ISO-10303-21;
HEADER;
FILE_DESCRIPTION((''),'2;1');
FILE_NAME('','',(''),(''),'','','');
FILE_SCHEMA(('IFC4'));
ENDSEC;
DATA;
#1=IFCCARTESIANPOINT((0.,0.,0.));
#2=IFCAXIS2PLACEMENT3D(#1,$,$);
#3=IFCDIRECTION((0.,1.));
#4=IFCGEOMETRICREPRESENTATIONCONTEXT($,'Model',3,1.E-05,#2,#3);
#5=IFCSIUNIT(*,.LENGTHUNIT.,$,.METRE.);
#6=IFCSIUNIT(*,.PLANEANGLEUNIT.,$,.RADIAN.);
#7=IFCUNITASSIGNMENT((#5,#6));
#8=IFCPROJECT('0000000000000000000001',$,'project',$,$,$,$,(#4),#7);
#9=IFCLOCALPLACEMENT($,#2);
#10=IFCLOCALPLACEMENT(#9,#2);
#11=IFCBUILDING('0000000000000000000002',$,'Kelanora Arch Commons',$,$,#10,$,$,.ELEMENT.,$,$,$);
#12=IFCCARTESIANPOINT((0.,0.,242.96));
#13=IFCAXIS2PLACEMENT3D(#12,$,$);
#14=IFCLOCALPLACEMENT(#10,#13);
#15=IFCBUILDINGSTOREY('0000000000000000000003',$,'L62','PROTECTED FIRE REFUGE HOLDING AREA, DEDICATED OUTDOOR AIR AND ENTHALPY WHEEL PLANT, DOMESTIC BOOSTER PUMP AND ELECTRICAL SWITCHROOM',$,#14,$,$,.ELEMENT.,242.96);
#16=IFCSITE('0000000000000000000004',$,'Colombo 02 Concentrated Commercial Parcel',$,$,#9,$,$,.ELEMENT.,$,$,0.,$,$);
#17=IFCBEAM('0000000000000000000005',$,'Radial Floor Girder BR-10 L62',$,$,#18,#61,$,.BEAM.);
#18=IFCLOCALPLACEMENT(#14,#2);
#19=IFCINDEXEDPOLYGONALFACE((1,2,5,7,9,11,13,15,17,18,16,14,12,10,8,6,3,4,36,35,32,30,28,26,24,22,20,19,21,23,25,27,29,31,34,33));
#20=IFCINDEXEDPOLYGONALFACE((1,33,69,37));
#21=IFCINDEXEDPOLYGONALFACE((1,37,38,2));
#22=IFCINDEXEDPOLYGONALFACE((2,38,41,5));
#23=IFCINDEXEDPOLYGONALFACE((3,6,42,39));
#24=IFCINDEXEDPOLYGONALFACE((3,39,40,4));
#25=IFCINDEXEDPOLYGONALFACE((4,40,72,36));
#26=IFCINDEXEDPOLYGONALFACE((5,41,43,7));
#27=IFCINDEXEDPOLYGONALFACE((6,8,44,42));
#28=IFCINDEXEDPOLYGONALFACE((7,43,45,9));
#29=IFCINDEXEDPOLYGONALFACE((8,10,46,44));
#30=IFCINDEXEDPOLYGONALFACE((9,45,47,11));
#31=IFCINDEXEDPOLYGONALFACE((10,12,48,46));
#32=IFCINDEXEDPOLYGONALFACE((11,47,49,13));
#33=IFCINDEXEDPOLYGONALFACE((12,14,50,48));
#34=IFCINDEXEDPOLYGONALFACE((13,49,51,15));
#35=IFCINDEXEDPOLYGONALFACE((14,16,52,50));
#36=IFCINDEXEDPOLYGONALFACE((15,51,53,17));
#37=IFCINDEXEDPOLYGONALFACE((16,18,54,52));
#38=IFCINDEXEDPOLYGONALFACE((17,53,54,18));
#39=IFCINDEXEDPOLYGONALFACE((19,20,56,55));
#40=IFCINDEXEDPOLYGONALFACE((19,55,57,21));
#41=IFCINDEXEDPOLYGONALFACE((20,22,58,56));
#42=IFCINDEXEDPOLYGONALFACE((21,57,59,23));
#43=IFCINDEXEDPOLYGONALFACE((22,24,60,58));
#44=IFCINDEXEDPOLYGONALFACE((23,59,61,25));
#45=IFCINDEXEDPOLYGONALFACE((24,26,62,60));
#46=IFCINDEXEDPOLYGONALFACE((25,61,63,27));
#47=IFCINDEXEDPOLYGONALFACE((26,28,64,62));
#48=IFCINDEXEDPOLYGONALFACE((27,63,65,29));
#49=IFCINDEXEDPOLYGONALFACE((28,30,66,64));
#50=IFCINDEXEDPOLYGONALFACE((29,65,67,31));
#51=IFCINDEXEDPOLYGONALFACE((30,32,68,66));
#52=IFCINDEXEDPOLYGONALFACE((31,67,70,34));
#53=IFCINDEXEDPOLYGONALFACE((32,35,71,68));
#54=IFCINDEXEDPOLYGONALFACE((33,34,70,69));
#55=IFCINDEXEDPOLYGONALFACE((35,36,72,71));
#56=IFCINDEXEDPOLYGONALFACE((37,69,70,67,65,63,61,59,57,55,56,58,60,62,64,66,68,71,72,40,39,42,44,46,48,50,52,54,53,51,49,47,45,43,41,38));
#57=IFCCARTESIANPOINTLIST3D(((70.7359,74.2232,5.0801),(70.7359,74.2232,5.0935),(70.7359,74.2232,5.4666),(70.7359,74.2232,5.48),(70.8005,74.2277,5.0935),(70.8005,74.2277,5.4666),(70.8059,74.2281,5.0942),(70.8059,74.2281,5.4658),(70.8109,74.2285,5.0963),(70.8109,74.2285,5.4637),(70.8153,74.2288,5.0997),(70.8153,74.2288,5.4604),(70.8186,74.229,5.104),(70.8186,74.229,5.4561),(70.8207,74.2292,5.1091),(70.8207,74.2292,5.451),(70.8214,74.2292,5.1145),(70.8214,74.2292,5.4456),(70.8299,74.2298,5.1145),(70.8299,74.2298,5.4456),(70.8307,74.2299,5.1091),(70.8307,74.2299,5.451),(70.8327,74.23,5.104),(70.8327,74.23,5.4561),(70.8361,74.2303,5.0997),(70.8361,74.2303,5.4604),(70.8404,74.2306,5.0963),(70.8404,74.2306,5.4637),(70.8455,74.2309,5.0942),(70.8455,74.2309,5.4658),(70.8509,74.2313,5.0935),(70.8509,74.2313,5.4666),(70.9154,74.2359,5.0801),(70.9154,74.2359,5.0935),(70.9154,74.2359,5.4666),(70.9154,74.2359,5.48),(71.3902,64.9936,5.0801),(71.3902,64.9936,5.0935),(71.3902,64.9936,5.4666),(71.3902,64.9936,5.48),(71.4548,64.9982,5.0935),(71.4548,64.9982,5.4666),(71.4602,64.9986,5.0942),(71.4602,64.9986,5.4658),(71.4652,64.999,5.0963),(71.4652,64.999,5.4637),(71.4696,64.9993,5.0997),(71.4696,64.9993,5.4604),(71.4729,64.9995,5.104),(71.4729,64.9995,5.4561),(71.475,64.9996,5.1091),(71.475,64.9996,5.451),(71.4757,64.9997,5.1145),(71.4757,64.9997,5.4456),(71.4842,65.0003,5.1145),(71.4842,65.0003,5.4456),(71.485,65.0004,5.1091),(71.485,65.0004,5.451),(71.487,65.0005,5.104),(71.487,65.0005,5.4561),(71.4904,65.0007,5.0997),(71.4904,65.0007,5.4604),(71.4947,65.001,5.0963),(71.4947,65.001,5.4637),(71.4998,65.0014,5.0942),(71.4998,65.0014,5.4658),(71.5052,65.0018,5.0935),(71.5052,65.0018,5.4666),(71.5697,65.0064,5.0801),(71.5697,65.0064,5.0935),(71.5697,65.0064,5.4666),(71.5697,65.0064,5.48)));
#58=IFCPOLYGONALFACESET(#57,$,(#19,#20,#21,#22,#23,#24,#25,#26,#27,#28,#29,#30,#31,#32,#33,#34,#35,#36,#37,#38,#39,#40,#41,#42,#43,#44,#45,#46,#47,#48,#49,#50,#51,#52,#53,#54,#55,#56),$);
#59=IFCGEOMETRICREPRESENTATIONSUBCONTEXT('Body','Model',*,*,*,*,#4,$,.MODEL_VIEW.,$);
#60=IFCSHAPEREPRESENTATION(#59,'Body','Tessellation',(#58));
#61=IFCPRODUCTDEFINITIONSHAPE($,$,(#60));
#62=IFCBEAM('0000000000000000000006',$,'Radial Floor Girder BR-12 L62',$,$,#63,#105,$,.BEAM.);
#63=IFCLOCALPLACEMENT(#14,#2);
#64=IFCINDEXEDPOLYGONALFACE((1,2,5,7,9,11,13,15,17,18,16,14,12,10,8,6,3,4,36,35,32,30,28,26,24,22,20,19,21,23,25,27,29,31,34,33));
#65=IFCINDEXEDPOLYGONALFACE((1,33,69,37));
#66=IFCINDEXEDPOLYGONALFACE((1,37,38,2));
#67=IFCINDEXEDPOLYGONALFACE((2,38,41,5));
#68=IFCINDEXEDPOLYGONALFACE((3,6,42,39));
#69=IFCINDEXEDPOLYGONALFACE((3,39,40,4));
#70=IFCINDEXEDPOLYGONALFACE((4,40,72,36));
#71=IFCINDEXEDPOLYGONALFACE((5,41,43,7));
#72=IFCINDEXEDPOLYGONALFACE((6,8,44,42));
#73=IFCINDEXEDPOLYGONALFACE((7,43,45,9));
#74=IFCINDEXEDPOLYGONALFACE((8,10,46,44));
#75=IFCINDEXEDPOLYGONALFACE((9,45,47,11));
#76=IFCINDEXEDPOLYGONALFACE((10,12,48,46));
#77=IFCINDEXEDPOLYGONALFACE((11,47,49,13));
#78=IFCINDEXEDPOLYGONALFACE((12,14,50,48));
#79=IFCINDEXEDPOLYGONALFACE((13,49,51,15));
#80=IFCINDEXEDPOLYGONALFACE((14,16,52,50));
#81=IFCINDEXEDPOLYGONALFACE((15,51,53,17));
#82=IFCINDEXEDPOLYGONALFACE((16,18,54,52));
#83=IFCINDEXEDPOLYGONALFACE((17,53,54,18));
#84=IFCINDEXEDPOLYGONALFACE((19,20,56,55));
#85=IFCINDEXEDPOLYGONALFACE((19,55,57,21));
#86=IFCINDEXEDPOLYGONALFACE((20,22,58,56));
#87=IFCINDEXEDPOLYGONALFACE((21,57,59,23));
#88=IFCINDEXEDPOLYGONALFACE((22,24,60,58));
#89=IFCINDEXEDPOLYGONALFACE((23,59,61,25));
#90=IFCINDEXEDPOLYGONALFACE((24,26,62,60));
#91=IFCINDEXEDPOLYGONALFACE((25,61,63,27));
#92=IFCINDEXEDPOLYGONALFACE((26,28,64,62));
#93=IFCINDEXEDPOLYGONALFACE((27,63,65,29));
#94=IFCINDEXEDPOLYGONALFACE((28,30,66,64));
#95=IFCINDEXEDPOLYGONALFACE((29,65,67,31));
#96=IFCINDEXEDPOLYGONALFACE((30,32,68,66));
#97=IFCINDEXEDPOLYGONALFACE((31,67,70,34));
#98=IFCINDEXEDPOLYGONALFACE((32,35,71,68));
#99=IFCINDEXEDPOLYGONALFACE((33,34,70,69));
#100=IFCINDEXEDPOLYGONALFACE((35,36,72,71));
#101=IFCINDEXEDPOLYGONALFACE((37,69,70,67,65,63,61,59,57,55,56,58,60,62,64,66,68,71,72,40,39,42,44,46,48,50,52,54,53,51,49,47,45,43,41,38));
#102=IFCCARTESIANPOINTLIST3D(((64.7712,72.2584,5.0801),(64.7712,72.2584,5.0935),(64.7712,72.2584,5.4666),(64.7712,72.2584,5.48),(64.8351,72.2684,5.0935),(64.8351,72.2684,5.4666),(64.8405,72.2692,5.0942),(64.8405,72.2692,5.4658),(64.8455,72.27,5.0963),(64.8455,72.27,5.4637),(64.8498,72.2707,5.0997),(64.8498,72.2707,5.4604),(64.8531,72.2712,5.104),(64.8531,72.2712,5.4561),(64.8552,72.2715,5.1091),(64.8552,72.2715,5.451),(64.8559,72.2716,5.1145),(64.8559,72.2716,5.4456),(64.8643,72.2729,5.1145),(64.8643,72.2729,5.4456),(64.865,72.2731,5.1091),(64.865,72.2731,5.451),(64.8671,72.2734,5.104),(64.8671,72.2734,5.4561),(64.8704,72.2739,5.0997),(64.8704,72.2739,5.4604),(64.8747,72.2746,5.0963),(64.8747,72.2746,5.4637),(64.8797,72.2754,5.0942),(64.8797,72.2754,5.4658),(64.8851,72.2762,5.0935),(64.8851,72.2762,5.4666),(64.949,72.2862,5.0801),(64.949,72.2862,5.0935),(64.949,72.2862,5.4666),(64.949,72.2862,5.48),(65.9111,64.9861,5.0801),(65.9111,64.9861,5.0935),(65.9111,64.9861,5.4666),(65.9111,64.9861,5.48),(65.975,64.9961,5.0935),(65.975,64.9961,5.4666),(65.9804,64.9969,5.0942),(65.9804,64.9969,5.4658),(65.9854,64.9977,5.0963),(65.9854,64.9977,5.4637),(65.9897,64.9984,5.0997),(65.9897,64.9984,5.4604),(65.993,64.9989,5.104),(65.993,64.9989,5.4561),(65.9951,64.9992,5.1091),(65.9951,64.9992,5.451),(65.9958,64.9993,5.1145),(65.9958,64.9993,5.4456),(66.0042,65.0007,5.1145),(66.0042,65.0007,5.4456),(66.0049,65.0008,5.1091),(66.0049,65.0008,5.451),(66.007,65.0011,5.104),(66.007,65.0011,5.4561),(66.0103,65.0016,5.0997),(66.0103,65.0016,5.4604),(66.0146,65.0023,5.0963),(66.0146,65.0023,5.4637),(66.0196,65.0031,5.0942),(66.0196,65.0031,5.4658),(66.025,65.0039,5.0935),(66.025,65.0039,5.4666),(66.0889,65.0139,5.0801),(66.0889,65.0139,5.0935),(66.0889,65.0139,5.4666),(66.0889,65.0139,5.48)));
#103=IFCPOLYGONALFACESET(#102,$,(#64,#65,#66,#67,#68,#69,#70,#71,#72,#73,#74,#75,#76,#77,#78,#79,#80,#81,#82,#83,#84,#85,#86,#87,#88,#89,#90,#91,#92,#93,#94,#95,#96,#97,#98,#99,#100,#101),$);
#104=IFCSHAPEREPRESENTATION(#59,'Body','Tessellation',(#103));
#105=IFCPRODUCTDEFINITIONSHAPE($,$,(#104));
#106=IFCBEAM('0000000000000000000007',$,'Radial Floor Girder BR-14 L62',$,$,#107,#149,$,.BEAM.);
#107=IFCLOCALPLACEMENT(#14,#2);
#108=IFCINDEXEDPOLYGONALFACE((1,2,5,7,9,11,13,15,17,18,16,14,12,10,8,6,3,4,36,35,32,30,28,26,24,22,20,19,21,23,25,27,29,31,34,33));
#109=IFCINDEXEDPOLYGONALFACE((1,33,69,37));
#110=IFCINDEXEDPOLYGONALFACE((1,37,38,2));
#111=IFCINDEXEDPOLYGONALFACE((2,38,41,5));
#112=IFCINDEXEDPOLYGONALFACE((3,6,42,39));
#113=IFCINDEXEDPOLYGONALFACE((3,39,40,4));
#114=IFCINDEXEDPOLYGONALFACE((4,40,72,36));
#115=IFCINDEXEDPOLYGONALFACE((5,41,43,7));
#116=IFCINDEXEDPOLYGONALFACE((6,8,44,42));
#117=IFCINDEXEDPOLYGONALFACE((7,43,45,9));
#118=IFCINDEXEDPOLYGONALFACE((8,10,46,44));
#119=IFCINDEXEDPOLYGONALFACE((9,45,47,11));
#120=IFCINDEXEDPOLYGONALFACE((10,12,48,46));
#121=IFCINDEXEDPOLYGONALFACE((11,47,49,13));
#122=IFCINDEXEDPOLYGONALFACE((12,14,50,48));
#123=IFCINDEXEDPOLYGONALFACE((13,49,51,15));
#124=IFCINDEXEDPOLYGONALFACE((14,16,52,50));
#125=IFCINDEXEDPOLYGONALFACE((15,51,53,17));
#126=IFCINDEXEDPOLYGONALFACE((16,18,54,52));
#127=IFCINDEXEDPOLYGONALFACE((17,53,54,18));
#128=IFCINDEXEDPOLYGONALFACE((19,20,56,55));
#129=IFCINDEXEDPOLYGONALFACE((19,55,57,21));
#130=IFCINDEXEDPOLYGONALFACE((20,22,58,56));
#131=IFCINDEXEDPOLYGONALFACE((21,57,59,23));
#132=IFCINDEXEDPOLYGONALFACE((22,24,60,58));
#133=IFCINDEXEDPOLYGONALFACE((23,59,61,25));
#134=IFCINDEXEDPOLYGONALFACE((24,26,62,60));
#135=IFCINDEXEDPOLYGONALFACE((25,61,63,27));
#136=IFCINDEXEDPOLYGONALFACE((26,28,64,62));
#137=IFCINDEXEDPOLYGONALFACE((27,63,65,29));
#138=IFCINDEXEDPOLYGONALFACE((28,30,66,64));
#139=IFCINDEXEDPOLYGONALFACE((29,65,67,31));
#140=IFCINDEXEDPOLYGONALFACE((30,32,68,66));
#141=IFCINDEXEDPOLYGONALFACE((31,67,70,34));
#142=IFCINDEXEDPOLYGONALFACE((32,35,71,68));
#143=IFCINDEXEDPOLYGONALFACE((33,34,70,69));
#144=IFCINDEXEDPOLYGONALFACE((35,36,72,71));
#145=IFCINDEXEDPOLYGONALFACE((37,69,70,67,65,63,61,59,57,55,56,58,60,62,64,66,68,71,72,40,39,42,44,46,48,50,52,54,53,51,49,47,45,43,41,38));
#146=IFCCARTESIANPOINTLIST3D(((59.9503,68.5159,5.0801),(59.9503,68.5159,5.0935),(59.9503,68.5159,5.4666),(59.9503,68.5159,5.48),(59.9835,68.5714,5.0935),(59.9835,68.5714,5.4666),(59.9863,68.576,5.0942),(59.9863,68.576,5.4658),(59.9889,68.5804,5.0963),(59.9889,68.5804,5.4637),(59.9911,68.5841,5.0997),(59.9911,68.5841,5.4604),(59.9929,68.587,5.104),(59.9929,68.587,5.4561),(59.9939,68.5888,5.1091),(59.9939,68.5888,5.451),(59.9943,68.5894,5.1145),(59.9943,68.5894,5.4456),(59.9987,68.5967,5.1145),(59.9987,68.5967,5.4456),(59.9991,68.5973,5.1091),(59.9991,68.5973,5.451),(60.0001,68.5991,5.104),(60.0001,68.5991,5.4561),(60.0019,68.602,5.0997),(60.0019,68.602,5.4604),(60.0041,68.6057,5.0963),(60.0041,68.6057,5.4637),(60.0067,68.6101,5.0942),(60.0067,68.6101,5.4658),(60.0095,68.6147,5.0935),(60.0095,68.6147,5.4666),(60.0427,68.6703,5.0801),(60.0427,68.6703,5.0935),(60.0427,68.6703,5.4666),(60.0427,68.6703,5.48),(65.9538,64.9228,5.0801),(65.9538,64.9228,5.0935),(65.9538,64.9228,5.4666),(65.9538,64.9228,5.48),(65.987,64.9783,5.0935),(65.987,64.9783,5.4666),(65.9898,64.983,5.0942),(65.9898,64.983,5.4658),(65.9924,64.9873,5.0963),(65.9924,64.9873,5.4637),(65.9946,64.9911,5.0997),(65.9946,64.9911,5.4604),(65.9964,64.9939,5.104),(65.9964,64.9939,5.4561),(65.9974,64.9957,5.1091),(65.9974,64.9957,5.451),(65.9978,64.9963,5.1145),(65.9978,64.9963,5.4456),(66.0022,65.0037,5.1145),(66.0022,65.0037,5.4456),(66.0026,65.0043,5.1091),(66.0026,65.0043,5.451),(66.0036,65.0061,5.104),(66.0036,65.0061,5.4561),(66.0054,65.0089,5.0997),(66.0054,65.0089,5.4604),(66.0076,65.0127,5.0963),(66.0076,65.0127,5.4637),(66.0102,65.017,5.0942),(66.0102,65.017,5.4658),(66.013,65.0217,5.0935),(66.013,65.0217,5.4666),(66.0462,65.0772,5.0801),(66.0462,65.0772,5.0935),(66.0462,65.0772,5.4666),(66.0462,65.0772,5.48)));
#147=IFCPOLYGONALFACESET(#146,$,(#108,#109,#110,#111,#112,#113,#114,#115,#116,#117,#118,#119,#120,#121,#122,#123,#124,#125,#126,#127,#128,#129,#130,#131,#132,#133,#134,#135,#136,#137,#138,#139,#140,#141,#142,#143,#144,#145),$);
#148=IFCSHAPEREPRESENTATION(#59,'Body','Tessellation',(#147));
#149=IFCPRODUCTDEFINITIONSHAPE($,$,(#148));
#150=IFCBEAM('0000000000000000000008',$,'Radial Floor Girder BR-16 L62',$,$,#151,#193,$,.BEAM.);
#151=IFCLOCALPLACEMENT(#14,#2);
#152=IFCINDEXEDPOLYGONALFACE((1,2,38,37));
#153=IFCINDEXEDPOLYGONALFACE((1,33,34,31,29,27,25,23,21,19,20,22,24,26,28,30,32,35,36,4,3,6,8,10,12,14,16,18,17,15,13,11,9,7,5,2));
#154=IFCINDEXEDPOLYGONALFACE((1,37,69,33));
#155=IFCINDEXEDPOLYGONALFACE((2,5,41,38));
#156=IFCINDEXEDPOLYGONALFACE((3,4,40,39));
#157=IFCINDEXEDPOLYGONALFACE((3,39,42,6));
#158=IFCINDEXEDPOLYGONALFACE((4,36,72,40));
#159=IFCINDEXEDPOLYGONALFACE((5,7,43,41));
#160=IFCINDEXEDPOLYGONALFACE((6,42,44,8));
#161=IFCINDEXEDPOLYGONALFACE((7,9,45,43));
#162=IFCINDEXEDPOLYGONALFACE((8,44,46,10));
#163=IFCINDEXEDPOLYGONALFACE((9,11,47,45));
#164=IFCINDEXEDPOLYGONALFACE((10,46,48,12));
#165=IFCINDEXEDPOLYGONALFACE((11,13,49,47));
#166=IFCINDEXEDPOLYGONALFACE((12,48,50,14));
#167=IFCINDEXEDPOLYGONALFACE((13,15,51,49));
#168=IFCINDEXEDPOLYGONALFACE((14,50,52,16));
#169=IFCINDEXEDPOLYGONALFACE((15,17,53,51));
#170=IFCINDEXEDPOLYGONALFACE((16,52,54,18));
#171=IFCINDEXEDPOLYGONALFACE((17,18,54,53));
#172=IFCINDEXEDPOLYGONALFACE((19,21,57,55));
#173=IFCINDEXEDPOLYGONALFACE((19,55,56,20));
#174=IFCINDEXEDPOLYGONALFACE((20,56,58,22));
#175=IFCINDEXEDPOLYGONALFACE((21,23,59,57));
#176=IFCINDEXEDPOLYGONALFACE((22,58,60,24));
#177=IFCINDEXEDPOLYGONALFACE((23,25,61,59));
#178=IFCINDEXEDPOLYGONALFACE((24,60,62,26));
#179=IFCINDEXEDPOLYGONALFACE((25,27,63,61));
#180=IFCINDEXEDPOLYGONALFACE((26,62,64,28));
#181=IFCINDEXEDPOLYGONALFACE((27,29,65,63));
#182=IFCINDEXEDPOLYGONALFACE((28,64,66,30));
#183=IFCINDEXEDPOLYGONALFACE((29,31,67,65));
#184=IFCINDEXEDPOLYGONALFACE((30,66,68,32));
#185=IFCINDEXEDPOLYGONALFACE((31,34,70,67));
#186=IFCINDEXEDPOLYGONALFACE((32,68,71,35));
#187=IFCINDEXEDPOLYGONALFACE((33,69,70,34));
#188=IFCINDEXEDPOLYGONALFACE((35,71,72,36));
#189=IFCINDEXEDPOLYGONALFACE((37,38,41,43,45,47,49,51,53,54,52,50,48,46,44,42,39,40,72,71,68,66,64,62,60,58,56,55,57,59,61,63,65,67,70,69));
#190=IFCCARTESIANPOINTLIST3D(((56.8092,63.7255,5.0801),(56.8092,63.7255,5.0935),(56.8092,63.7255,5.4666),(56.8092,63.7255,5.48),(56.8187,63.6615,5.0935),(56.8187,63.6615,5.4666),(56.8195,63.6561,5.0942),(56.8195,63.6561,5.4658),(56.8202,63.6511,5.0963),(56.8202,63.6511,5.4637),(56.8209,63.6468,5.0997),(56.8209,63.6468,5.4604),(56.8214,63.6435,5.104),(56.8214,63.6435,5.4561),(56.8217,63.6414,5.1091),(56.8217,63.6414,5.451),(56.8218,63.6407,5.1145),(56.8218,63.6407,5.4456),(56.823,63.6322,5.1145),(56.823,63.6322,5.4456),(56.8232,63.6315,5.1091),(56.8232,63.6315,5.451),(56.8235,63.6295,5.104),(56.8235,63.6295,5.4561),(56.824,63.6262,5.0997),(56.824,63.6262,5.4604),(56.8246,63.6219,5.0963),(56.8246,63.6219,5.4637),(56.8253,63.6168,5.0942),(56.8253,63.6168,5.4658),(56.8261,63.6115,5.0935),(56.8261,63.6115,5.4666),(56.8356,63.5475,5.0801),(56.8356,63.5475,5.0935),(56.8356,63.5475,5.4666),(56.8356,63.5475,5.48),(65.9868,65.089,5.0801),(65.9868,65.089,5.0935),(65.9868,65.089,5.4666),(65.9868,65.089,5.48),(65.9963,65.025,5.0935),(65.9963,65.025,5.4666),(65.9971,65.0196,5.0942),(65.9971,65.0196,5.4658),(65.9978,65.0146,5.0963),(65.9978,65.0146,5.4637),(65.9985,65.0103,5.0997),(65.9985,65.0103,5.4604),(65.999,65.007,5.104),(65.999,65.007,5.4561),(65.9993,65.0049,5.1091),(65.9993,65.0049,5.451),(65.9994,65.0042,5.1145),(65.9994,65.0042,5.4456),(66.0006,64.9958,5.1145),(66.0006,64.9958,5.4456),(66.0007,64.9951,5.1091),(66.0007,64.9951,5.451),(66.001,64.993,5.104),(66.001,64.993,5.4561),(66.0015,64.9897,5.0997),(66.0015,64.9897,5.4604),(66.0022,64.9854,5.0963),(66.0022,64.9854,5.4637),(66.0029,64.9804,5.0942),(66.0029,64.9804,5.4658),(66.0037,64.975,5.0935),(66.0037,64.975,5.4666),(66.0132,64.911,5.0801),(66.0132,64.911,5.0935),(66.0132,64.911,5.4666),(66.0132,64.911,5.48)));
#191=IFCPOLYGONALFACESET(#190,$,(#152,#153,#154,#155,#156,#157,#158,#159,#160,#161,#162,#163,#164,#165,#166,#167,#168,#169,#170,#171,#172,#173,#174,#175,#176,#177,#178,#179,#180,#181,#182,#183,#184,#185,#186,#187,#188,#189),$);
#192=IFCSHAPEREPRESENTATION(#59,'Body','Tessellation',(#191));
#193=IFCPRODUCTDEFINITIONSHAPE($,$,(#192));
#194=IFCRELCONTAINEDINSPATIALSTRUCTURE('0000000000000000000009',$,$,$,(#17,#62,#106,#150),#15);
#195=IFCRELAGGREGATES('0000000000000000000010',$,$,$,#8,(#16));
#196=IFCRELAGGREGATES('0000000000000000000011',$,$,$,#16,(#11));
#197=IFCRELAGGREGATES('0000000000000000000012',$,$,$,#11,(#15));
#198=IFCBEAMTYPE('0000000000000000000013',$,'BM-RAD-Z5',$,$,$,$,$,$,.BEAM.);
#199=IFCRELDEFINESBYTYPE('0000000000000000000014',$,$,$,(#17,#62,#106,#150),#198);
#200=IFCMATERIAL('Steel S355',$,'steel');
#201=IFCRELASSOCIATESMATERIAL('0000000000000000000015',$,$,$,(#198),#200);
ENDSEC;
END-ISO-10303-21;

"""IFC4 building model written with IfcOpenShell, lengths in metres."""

from ifc_helpers import new_model, si_unit, direction, frame, origin, origin_2d, place, context, subcontext, project, spatial, i_section, extrude, material, material_profile, profile_set, type_object, element, save


model = new_model("IFC4")

# Units and contexts
model_context = context("Model", 3, precision=1e-05, world=origin(), true_north=direction((0.0, 1.0)))
body_context = subcontext(model_context, "Body", "Model", "MODEL_VIEW")
ifc_project = project(units=[si_unit("LENGTHUNIT", "METRE"), si_unit("PLANEANGLEUNIT", "RADIAN")], contexts=[model_context])

# Site, building, storey
site_placement = place(None, origin())
site = spatial("IfcSite", under=ifc_project, at=site_placement, Name="Colombo 02 Concentrated Commercial Parcel", CompositionType="ELEMENT", RefElevation=0.0)
building_placement = place(site_placement, origin())
building = spatial("IfcBuilding", under=site, at=building_placement, Name="Kelanora Arch Commons", CompositionType="ELEMENT")
storey_placement = place(building_placement, frame((0.0, 0.0, 242.96)))
storey = spatial("IfcBuildingStorey", under=building, at=storey_placement, Name="L62", Description="PROTECTED FIRE REFUGE HOLDING AREA, DEDICATED OUTDOOR AIR AND ENTHALPY WHEEL PLANT, DOMESTIC BOOSTER PUMP AND ELECTRICAL SWITCHROOM", CompositionType="ELEMENT", Elevation=242.96)

# Beams
ifc_material_1 = material(Name="Steel S355", Category="steel")
ifc_material_profile_1 = material_profile(ifc_material_1, i_section(OverallWidth=0.1799, OverallDepth=0.3999, WebThickness=0.0085, FlangeThickness=0.0134, FilletRadius=0.021, at=origin_2d()), Name="IPE400")
ifc_profile_set_1 = profile_set([ifc_material_profile_1], Name="Steel S355")
beam_type_1 = type_object("IfcBeamType", Name="BM-RAD-Z5", PredefinedType="BEAM", material=ifc_profile_set_1)
beam_1_placement = place(storey_placement, frame((71.48, 65.0, 5.28), z_axis=(-0.070714, 0.997497, 0.0), x_axis=(-0.997497, -0.070714, 0.0)))
element("IfcBeam", 1, at=beam_1_placement, inside=storey, type_object=beam_type_1, Name="Radial Floor Girder BR-10 L62", PredefinedType="BEAM", context=body_context, shape_type="SweptSolid", body=[
    extrude(i_section(OverallWidth=0.1799, OverallDepth=0.3999, WebThickness=0.0085, FlangeThickness=0.0134, FilletRadius=0.021, at=origin_2d()), origin(), (0.0, 0.0, 1.0), 9.2527),
])
beam_2_placement = place(storey_placement, frame((66.0, 65.0, 5.28), z_axis=(-0.154855, 0.987937, 0.0), x_axis=(-0.987937, -0.154855, 0.0)))
element("IfcBeam", 2, at=beam_2_placement, inside=storey, type_object=beam_type_1, Name="Radial Floor Girder BR-12 L62", PredefinedType="BEAM", context=body_context, shape_type="SweptSolid", body=[
    extrude(i_section(OverallWidth=0.1799, OverallDepth=0.3999, WebThickness=0.0085, FlangeThickness=0.0134, FilletRadius=0.021, at=origin_2d()), origin(), (0.0, 0.0, 1.0), 7.3611),
])
beam_3_placement = place(storey_placement, frame((66.0, 65.0, 5.28), z_axis=(-0.858062, 0.513546, 0.0), x_axis=(-0.513546, -0.858062, 0.0)))
element("IfcBeam", 3, at=beam_3_placement, inside=storey, type_object=beam_type_1, Name="Radial Floor Girder BR-14 L62", PredefinedType="BEAM", context=body_context, shape_type="SweptSolid", body=[
    extrude(i_section(OverallWidth=0.1799, OverallDepth=0.3999, WebThickness=0.0085, FlangeThickness=0.0134, FilletRadius=0.021, at=origin_2d()), origin(), (0.0, 0.0, 1.0), 6.9966),
])
beam_4_placement = place(storey_placement, frame((66.0, 65.0, 5.28), z_axis=(-0.989142, -0.14696, 0.0), x_axis=(0.14696, -0.989142, 0.0)))
element("IfcBeam", 4, at=beam_4_placement, inside=storey, type_object=beam_type_1, Name="Radial Floor Girder BR-16 L62", PredefinedType="BEAM", context=body_context, shape_type="SweptSolid", body=[
    extrude(i_section(OverallWidth=0.1799, OverallDepth=0.3999, WebThickness=0.0085, FlangeThickness=0.0134, FilletRadius=0.021, at=origin_2d()), origin(), (0.0, 0.0, 1.0), 9.2783),
])

save(model, "model.ifc")
